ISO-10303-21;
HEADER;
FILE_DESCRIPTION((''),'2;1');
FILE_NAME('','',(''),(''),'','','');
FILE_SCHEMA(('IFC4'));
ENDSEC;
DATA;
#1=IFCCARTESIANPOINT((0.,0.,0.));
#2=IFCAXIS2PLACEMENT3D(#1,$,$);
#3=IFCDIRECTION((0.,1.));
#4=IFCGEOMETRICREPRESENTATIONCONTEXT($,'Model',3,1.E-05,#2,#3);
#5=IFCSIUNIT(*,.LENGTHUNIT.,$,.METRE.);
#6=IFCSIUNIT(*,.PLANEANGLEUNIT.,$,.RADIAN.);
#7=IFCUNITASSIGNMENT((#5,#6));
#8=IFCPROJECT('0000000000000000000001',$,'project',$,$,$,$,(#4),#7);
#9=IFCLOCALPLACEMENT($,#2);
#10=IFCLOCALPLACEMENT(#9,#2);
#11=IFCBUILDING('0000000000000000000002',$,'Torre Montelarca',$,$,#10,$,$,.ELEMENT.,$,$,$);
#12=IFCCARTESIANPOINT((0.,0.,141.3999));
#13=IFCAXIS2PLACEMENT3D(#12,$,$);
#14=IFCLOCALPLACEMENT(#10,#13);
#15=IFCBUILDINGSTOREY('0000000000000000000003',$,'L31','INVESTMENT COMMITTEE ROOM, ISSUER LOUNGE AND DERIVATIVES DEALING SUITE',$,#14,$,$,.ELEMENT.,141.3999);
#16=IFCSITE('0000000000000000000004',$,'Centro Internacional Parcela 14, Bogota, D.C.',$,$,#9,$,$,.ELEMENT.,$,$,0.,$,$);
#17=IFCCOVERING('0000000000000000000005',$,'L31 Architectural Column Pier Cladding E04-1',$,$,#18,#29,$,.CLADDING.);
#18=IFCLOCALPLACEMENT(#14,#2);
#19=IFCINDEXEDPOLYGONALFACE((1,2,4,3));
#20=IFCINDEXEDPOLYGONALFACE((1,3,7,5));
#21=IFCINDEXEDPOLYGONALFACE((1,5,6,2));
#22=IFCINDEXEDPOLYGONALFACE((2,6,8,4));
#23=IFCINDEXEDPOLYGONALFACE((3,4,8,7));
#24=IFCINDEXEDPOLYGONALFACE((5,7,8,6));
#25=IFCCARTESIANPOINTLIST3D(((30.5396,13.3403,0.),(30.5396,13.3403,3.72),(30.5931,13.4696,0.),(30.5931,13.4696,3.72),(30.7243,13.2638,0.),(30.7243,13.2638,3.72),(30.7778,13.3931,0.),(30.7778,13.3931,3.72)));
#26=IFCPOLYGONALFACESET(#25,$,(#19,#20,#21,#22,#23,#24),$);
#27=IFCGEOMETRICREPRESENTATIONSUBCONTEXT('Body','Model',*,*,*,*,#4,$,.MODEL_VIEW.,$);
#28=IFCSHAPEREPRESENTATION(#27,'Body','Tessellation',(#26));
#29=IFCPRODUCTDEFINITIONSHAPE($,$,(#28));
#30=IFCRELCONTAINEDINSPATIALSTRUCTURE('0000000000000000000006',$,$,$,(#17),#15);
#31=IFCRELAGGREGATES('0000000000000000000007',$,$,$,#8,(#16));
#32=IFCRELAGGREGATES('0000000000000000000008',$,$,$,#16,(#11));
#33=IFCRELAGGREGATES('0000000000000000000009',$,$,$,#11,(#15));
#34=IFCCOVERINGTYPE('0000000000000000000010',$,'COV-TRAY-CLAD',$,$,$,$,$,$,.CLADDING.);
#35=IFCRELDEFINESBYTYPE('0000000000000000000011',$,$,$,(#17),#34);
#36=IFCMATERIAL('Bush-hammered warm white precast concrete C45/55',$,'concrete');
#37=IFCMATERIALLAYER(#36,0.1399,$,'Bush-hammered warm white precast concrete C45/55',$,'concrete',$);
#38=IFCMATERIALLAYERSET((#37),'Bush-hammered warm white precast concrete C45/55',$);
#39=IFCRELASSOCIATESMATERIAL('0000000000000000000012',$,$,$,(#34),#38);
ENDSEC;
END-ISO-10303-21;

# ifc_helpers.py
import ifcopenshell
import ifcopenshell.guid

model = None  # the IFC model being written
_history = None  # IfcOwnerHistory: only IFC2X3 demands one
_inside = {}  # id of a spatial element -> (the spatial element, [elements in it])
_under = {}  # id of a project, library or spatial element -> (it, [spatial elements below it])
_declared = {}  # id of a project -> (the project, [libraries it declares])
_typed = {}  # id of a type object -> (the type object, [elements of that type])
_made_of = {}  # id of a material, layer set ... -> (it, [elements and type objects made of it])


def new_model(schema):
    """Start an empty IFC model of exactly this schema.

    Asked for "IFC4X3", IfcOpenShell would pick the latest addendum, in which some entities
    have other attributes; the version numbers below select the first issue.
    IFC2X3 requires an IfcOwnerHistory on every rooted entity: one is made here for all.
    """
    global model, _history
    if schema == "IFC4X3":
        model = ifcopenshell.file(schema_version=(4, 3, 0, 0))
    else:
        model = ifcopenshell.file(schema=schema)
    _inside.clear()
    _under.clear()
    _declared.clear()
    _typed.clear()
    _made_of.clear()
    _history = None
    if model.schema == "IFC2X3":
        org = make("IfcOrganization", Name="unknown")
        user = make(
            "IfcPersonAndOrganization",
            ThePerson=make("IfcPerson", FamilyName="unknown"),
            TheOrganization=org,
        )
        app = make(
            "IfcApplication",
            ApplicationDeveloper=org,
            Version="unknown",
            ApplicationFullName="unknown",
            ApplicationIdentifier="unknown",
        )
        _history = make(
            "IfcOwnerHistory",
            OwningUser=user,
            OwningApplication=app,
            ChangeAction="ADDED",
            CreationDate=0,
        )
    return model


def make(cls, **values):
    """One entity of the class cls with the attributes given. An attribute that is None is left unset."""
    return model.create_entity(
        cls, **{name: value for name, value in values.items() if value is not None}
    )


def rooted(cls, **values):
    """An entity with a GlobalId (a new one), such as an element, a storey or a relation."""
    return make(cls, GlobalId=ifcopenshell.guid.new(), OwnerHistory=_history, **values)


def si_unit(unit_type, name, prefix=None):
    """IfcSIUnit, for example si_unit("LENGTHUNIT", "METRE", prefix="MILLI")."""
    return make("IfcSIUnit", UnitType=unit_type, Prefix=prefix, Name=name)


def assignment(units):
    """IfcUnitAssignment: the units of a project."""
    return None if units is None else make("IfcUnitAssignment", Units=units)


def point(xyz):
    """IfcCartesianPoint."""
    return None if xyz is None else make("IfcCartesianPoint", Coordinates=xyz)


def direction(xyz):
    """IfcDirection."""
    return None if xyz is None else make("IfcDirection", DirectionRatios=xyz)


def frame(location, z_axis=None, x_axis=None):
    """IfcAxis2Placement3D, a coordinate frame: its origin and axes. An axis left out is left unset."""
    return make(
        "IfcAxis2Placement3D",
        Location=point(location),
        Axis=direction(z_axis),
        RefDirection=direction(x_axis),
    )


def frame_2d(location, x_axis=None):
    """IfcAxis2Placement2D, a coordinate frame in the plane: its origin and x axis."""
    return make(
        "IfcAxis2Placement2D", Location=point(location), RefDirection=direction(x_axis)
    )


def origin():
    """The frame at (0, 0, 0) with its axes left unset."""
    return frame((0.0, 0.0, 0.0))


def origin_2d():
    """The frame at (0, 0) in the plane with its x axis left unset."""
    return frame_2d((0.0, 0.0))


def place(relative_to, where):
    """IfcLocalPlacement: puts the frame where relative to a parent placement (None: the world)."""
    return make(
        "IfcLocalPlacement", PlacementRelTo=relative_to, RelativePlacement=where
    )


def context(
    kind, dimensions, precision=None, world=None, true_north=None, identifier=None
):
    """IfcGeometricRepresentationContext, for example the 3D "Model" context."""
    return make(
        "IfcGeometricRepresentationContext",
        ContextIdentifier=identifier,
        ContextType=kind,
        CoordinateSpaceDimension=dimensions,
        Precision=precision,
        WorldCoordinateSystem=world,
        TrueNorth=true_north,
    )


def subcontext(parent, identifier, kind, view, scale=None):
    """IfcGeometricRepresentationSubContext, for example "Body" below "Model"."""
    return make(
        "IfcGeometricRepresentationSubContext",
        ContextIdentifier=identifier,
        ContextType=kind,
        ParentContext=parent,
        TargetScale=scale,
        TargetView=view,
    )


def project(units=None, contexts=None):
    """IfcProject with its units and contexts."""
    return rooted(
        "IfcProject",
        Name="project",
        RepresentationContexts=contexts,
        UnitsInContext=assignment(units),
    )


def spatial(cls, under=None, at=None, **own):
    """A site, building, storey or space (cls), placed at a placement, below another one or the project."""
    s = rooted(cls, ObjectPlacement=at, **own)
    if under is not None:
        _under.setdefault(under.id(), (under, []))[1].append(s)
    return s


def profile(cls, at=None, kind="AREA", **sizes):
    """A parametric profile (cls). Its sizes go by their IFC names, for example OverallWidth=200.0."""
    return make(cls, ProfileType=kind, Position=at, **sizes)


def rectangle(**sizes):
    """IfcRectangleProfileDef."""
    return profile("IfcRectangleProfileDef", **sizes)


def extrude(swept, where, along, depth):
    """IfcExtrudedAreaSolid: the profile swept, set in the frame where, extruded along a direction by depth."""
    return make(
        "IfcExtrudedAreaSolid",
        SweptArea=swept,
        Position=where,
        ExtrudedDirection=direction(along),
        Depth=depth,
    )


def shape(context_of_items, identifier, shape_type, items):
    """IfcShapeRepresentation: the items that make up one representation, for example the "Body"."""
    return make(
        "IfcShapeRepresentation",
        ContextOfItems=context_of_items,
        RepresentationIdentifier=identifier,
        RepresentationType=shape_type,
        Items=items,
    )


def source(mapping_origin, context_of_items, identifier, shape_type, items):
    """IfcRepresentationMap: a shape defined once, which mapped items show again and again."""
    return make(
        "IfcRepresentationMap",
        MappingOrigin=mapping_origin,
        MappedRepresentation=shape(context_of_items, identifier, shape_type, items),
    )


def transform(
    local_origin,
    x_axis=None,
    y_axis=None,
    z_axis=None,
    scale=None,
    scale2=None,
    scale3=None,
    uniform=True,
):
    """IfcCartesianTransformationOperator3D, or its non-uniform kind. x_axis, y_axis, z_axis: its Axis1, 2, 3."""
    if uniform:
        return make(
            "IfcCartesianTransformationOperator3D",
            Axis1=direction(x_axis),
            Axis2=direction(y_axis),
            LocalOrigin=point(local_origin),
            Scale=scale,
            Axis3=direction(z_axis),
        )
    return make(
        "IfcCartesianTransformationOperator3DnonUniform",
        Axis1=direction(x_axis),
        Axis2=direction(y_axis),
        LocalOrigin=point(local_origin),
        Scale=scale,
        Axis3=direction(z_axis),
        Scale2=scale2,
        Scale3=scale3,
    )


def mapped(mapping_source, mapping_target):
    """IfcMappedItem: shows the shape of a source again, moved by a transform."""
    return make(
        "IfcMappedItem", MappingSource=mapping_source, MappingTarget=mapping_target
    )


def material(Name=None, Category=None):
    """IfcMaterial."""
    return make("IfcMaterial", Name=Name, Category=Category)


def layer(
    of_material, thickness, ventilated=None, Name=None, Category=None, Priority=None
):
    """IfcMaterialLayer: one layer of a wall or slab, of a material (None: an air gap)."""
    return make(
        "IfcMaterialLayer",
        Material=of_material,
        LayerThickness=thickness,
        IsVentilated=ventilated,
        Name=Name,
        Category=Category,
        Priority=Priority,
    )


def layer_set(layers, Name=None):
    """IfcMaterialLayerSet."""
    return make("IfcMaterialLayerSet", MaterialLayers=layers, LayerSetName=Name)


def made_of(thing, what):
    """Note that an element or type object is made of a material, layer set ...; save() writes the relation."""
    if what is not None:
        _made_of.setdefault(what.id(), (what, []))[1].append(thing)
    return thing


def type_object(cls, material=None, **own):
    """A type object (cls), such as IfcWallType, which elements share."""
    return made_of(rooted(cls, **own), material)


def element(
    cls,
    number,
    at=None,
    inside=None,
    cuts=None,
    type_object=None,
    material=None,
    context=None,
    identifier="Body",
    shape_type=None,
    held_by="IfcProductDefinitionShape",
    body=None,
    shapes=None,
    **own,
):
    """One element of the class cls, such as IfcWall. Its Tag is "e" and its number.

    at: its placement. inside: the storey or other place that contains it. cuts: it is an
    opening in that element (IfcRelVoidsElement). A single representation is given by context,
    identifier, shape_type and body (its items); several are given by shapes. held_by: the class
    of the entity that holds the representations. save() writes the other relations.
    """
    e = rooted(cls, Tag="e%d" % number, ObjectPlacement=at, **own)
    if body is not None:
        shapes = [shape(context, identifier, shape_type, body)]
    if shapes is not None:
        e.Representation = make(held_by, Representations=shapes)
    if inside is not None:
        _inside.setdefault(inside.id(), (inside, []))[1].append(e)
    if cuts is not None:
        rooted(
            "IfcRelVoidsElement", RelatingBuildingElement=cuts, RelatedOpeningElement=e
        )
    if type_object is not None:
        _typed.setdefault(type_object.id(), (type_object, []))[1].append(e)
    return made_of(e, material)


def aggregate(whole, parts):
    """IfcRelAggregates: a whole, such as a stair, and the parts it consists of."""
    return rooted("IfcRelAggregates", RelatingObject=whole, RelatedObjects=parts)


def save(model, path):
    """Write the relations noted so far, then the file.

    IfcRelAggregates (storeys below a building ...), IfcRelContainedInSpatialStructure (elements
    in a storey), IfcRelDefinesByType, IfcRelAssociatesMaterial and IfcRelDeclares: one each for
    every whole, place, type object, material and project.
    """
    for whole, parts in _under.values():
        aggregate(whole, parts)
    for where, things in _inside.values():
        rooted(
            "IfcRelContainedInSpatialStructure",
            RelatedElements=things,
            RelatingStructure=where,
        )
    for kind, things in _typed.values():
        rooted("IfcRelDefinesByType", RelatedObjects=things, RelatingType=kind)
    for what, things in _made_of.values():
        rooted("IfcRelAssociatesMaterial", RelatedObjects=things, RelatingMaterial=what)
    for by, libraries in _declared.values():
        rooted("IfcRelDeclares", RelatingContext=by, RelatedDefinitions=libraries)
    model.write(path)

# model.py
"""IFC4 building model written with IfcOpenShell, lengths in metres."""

from ifc_helpers import new_model, si_unit, direction, frame, origin, origin_2d, place, context, subcontext, project, spatial, rectangle, extrude, source, transform, mapped, material, layer, layer_set, type_object, element, save


model = new_model("IFC4")

# Units and contexts
model_context = context("Model", 3, precision=1e-05, world=origin(), true_north=direction((0.0, 1.0)))
body_context = subcontext(model_context, "Body", "Model", "MODEL_VIEW")
ifc_project = project(units=[si_unit("LENGTHUNIT", "METRE"), si_unit("PLANEANGLEUNIT", "RADIAN")], contexts=[model_context])

# Site, building, storey
site_placement = place(None, origin())
site = spatial("IfcSite", under=ifc_project, at=site_placement, Name="Centro Internacional Parcela 14, Bogota, D.C.", CompositionType="ELEMENT", RefElevation=0.0)
building_placement = place(site_placement, origin())
building = spatial("IfcBuilding", under=site, at=building_placement, Name="Torre Montelarca", CompositionType="ELEMENT")
storey_placement = place(building_placement, frame((0.0, 0.0, 141.3999)))
storey = spatial("IfcBuildingStorey", under=building, at=storey_placement, Name="L31", Description="INVESTMENT COMMITTEE ROOM, ISSUER LOUNGE AND DERIVATIVES DEALING SUITE", CompositionType="ELEMENT", Elevation=141.3999)

# Covering
ifc_material_1 = material(Name="Bush-hammered warm white precast concrete C45/55", Category="concrete")
ifc_layer_1 = layer(ifc_material_1, 0.1399, Name="Bush-hammered warm white precast concrete C45/55", Category="concrete")
ifc_layer_set_1 = layer_set([ifc_layer_1], Name="Bush-hammered warm white precast concrete C45/55")
covering_type = type_object("IfcCoveringType", Name="COV-TRAY-CLAD", PredefinedType="CLADDING", material=ifc_layer_set_1)
shared_shape_1 = source(origin(), body_context, "Body", "SweptSolid", [
    extrude(rectangle(XDim=0.2, YDim=0.1399, at=origin_2d()), origin(), (0.0, 0.0, 1.0), 3.72),
])
for number, where, z_axis, x_axis, name in (
    (1, (30.6587, 13.3667, 0.0), (0.0, 0.0, 1.0), (0.923883, -0.382675, 0.0), "L31 Architectural Column Pier Cladding E04-1"),
):
    element("IfcCovering", number, at=place(storey_placement, frame(where, z_axis=z_axis, x_axis=x_axis)), inside=storey, type_object=covering_type, Name=name, PredefinedType="CLADDING", context=body_context, shape_type="MappedRepresentation", body=[
        mapped(shared_shape_1, transform((0.0, 0.0, 0.0), scale=1.0)),
    ])

save(model, "model.ifc")
